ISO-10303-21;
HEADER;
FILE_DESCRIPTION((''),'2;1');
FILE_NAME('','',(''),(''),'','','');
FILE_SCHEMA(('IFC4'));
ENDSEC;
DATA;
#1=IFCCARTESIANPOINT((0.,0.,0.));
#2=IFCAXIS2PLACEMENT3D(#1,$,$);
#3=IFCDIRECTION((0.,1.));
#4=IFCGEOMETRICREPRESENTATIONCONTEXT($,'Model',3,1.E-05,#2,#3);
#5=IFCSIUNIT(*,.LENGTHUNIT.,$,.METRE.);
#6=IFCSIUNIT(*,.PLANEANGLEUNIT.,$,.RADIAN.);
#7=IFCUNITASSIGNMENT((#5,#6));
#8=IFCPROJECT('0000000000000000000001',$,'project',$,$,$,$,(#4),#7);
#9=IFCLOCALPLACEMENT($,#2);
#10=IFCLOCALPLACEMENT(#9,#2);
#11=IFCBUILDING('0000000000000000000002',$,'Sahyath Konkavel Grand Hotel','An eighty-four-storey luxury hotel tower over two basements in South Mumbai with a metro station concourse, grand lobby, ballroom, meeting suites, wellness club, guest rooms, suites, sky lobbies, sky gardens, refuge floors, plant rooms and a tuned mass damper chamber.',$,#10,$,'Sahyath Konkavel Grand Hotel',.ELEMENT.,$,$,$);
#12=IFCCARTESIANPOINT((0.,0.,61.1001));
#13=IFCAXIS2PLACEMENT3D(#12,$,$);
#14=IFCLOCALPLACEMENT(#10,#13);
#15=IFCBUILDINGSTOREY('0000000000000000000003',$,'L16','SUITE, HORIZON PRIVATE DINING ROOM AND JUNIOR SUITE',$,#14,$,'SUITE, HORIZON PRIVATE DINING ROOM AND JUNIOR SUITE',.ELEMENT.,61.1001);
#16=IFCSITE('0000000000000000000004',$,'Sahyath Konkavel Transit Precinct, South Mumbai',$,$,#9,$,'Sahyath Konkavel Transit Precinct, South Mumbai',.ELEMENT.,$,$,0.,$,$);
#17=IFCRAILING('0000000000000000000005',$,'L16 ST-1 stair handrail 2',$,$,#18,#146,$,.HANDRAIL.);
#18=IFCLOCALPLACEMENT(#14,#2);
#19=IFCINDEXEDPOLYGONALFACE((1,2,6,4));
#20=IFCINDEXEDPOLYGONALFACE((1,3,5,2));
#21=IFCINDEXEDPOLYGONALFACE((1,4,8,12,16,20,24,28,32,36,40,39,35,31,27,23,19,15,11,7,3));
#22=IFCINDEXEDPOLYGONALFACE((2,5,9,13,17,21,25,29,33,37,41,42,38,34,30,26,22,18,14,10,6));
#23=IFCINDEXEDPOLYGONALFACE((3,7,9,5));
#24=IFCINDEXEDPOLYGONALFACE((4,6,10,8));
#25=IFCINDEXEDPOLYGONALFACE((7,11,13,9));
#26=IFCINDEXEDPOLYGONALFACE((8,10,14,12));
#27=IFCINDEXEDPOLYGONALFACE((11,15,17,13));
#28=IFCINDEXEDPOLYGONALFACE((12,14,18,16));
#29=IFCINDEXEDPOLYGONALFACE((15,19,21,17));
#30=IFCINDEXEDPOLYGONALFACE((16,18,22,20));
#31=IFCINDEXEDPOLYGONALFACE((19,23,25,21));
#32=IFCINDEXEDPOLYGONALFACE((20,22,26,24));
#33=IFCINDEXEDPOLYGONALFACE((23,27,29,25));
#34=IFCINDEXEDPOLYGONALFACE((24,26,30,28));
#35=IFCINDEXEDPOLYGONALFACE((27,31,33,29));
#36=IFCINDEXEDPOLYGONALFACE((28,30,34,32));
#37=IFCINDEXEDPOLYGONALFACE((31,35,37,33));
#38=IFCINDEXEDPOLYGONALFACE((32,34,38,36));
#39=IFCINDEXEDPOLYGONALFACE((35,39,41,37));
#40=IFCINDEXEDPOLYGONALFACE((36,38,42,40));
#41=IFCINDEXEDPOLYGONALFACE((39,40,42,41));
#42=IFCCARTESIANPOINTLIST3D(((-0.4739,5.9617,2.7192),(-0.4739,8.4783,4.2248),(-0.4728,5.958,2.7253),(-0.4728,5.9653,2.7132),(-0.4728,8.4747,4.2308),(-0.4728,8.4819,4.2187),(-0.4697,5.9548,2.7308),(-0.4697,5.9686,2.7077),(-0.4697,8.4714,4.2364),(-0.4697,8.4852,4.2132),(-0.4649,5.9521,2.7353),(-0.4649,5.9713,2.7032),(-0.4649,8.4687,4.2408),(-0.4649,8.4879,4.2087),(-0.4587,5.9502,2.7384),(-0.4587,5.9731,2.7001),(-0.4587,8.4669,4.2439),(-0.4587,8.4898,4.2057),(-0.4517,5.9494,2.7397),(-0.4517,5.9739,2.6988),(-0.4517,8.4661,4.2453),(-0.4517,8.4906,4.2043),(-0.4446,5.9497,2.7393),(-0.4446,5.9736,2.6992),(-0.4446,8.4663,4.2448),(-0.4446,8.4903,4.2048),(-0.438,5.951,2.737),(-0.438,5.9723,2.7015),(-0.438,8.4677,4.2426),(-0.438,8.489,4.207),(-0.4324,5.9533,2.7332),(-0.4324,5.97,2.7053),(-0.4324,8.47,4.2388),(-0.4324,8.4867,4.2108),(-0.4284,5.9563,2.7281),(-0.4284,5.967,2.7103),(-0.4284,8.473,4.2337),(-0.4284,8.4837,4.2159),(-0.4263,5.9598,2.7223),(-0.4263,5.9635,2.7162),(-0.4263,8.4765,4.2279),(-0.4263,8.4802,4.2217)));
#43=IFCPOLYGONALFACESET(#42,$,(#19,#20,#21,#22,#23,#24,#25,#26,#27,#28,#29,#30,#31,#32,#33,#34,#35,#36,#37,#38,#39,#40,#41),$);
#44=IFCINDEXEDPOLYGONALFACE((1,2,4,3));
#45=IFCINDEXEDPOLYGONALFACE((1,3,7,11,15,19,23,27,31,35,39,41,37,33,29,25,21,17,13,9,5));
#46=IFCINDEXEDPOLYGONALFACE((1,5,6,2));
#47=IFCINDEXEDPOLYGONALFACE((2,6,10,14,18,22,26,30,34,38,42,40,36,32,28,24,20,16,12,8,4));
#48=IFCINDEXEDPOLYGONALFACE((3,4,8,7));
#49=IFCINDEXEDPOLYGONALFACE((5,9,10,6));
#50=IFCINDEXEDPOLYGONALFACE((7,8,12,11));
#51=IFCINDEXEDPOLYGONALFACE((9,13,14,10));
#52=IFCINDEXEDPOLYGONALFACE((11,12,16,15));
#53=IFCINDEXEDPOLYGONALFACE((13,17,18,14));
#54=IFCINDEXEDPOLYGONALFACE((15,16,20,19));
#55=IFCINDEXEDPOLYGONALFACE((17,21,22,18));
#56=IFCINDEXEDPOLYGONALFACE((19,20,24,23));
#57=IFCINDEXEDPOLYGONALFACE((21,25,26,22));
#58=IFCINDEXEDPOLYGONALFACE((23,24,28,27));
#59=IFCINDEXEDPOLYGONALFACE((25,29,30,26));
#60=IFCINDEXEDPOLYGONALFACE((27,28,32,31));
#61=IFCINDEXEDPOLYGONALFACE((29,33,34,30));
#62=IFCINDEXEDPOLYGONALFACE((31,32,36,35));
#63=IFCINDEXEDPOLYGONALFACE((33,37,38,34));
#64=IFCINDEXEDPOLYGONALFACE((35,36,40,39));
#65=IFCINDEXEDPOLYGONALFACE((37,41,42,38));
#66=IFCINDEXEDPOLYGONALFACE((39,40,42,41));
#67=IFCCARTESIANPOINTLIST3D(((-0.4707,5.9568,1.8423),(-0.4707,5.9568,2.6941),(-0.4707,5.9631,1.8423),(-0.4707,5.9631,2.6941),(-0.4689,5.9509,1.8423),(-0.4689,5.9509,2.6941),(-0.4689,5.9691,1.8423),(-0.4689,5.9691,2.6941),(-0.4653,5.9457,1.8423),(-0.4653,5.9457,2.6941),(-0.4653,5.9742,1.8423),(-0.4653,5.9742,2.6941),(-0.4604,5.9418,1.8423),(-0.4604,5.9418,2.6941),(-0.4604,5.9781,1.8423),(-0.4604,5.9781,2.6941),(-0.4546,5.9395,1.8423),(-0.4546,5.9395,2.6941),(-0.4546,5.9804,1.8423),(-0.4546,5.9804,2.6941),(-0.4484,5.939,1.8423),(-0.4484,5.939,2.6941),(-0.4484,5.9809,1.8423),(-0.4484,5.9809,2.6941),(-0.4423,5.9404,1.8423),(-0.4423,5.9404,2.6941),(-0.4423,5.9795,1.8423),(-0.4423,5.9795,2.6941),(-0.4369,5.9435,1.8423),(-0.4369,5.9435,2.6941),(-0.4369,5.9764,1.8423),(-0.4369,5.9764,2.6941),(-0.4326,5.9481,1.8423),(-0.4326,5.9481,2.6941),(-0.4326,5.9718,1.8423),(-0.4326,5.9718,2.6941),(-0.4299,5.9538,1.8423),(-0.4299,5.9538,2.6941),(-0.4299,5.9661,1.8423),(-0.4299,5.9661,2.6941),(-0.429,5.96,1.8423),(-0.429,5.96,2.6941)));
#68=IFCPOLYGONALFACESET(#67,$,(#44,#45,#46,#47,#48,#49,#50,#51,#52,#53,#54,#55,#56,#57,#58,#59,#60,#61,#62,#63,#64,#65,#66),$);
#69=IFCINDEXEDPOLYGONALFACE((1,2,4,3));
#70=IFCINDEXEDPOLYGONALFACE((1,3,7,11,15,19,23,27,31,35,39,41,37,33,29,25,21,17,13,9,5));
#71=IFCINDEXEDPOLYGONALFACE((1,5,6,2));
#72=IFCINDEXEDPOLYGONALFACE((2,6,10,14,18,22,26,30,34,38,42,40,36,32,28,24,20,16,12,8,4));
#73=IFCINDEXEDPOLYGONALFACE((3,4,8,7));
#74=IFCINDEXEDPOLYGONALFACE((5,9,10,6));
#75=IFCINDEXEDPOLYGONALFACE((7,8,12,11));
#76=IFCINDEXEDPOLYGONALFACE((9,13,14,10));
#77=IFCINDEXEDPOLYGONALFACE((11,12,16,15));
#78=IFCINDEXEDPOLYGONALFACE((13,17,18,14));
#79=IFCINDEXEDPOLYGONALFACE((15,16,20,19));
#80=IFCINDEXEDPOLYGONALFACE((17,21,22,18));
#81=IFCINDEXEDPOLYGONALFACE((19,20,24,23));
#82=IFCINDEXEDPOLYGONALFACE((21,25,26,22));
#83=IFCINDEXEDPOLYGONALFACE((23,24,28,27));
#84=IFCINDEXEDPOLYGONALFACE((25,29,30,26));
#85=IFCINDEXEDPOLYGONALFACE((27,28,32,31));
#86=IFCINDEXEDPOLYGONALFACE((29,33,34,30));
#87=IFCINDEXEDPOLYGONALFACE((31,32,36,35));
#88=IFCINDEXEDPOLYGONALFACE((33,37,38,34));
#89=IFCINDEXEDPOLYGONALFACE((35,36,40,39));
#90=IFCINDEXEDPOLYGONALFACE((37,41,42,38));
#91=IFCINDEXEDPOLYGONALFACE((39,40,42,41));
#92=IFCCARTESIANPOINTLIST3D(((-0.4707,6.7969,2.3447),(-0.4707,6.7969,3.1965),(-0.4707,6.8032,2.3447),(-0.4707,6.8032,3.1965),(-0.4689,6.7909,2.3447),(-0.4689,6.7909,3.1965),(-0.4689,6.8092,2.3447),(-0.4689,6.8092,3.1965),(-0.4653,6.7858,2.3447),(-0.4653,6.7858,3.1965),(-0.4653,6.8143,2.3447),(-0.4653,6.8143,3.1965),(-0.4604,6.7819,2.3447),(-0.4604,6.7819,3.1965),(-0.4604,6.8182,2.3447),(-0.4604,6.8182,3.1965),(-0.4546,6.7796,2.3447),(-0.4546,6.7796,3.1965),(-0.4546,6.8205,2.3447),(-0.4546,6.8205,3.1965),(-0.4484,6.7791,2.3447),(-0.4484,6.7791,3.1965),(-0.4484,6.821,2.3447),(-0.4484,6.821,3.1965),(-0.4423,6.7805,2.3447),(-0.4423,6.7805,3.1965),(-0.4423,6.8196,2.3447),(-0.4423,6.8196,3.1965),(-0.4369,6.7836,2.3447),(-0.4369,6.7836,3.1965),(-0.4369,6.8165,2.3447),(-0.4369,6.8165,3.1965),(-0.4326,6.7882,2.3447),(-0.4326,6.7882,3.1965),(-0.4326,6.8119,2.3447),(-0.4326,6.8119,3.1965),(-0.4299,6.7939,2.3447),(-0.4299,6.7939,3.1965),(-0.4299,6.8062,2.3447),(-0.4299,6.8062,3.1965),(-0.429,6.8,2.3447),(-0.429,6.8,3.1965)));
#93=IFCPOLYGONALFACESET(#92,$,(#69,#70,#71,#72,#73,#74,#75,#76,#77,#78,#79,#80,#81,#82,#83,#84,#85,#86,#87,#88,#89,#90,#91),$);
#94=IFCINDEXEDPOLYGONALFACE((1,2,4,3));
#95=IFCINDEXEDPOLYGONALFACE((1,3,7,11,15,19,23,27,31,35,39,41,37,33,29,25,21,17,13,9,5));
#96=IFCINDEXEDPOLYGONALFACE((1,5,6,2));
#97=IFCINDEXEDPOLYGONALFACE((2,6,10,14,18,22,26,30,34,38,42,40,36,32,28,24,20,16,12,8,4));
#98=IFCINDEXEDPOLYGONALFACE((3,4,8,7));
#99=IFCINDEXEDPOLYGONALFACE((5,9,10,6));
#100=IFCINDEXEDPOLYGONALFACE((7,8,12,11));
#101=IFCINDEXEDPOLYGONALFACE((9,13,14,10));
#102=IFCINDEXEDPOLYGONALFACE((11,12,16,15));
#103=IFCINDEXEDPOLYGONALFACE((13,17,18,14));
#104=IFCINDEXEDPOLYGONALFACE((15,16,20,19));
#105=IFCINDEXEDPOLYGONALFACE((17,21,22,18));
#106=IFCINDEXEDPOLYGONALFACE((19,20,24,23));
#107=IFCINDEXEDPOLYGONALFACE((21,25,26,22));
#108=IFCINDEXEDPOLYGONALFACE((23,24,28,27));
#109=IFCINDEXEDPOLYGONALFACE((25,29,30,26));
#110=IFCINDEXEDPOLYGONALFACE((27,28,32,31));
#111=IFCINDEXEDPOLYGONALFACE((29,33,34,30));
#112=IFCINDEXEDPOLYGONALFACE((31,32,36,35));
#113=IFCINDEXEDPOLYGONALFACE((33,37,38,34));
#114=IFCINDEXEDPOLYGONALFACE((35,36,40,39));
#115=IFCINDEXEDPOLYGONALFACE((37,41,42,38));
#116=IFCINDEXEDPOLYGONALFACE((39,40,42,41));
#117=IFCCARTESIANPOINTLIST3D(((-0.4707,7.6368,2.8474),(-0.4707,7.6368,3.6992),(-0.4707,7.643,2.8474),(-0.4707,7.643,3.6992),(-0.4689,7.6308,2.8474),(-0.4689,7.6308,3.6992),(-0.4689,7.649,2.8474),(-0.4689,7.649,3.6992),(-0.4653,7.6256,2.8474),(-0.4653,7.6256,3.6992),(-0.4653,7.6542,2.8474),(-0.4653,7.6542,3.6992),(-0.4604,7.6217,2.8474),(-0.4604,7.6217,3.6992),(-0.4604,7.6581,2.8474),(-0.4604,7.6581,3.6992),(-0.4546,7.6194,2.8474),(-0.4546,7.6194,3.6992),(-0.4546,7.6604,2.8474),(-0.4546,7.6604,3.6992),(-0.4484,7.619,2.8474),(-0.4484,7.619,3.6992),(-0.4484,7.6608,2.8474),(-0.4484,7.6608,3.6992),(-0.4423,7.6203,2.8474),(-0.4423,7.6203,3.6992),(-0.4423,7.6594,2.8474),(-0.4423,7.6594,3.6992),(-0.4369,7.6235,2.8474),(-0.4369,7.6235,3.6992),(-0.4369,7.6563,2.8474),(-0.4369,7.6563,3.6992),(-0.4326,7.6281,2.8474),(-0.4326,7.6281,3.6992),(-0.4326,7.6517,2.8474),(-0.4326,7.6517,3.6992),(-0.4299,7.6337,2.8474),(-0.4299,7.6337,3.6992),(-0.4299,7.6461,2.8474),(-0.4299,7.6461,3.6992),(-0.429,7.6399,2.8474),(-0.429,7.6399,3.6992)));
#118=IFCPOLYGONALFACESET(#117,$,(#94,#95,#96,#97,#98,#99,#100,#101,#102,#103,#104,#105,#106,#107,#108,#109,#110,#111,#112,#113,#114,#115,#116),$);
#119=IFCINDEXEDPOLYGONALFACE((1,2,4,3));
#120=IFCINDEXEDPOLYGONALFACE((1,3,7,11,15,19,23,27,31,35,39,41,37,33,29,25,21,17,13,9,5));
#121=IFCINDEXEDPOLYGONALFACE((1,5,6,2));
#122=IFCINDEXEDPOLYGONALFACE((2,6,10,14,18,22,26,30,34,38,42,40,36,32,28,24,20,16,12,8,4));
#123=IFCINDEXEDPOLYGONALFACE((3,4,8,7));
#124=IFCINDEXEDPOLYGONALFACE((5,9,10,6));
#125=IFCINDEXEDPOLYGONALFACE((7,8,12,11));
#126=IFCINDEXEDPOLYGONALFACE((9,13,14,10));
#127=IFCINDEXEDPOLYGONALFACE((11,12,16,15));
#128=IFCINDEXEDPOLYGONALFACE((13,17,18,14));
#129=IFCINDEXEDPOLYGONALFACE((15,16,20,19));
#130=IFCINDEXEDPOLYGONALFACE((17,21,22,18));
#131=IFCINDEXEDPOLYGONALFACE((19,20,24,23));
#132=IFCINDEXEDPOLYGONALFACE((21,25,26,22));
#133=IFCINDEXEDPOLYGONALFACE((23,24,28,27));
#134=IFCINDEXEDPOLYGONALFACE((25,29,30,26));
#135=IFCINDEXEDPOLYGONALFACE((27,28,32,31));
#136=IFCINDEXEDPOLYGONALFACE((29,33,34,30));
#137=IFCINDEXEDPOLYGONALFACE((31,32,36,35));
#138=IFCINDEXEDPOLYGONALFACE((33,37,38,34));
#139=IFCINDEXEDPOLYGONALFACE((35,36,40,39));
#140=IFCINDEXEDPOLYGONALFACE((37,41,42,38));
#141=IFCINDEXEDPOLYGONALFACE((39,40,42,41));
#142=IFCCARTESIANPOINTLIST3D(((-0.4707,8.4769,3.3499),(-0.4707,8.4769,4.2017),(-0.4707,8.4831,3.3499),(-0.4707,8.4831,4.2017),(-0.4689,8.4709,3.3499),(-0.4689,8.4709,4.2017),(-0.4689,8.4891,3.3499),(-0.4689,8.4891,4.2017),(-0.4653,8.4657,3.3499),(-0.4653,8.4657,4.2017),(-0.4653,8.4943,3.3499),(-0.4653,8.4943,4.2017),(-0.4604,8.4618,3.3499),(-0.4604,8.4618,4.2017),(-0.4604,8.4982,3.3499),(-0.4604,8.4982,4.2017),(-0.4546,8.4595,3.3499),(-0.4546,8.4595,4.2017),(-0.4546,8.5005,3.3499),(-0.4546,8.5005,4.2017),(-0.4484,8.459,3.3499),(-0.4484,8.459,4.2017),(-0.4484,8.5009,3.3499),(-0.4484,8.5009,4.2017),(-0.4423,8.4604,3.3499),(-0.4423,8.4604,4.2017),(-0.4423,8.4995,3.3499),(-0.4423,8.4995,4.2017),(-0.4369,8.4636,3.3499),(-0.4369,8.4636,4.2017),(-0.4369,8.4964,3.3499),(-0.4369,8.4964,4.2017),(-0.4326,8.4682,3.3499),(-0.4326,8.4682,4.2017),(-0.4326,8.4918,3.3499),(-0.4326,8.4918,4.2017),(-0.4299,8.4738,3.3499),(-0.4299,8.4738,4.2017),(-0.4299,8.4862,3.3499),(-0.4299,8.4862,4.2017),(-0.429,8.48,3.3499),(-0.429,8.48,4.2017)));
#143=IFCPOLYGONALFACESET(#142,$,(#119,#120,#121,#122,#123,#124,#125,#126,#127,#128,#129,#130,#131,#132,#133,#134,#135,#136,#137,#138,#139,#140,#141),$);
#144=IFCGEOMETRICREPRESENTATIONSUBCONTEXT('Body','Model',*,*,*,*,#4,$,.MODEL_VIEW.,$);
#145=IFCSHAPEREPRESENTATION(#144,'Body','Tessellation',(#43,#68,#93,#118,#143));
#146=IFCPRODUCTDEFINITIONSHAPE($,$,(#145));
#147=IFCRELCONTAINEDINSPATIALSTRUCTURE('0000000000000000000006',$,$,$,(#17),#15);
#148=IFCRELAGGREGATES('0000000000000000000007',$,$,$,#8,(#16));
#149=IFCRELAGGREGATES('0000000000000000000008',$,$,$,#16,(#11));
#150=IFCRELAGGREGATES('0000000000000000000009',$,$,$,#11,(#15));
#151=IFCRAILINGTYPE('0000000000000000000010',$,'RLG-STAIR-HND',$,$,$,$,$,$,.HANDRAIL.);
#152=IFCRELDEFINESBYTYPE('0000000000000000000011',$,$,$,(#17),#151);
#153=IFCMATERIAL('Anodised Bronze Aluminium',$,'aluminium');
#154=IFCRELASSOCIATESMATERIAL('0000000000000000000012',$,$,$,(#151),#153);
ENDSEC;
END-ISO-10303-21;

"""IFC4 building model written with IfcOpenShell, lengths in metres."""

from ifc_helpers import new_model, si_unit, direction, frame, origin, origin_2d, place, context, subcontext, project, spatial, circle, extrude, material, type_object, element, save


model = new_model("IFC4")

# Units and contexts
model_context = context("Model", 3, precision=1e-05, world=origin(), true_north=direction((0.0, 1.0)))
body_context = subcontext(model_context, "Body", "Model", "MODEL_VIEW")
ifc_project = project(units=[si_unit("LENGTHUNIT", "METRE"), si_unit("PLANEANGLEUNIT", "RADIAN")], contexts=[model_context])

# Site, building, storey
site_placement = place(None, origin())
site = spatial("IfcSite", under=ifc_project, at=site_placement, Name="Sahyath Konkavel Transit Precinct, South Mumbai", LongName="Sahyath Konkavel Transit Precinct, South Mumbai", CompositionType="ELEMENT", RefElevation=0.0)
building_placement = place(site_placement, origin())
building = spatial("IfcBuilding", under=site, at=building_placement, Name="Sahyath Konkavel Grand Hotel", Description="An eighty-four-storey luxury hotel tower over two basements in South Mumbai with a metro station concourse, grand lobby, ballroom, meeting suites, wellness club, guest rooms, suites, sky lobbies, sky gardens, refuge floors, plant rooms and a tuned mass damper chamber.", LongName="Sahyath Konkavel Grand Hotel", CompositionType="ELEMENT")
storey_placement = place(building_placement, frame((0.0, 0.0, 61.1001)))
storey = spatial("IfcBuildingStorey", under=building, at=storey_placement, Name="L16", Description="SUITE, HORIZON PRIVATE DINING ROOM AND JUNIOR SUITE", LongName="SUITE, HORIZON PRIVATE DINING ROOM AND JUNIOR SUITE", CompositionType="ELEMENT", Elevation=61.1001)

# Shared definitions
ifc_material_1 = material(Name="Anodised Bronze Aluminium", Category="aluminium")

# Railing
railing_type_1 = type_object("IfcRailingType", Name="RLG-STAIR-HND", PredefinedType="HANDRAIL", material=ifc_material_1)
railing_1_placement = place(storey_placement, frame((-0.45, 5.96, 1.8423)))
element("IfcRailing", 1, at=railing_1_placement, inside=storey, type_object=railing_type_1, Name="L16 ST-1 stair handrail 2", PredefinedType="HANDRAIL", context=body_context, shape_type="SweptSolid", body=[
    extrude(circle(Radius=0.0239, at=origin_2d()), frame((0.0, 0.0017, 0.877), z_axis=(0.0, 0.85816, 0.513383), x_axis=(-1.0, 0.0, 0.0)), (0.0, 0.0, 1.0), 2.9326),
    extrude(circle(Radius=0.021, at=origin_2d()), origin(), (0.0, 0.0, 1.0), 0.8518),
    extrude(circle(Radius=0.021, at=origin_2d()), frame((0.0, 0.8401, 0.5024)), (0.0, 0.0, 1.0), 0.8518),
    extrude(circle(Radius=0.021, at=origin_2d()), frame((0.0, 1.6799, 1.0051)), (0.0, 0.0, 1.0), 0.8518),
    extrude(circle(Radius=0.021, at=origin_2d()), frame((0.0, 2.52, 1.5076)), (0.0, 0.0, 1.0), 0.8518),
])

save(model, "model.ifc")
